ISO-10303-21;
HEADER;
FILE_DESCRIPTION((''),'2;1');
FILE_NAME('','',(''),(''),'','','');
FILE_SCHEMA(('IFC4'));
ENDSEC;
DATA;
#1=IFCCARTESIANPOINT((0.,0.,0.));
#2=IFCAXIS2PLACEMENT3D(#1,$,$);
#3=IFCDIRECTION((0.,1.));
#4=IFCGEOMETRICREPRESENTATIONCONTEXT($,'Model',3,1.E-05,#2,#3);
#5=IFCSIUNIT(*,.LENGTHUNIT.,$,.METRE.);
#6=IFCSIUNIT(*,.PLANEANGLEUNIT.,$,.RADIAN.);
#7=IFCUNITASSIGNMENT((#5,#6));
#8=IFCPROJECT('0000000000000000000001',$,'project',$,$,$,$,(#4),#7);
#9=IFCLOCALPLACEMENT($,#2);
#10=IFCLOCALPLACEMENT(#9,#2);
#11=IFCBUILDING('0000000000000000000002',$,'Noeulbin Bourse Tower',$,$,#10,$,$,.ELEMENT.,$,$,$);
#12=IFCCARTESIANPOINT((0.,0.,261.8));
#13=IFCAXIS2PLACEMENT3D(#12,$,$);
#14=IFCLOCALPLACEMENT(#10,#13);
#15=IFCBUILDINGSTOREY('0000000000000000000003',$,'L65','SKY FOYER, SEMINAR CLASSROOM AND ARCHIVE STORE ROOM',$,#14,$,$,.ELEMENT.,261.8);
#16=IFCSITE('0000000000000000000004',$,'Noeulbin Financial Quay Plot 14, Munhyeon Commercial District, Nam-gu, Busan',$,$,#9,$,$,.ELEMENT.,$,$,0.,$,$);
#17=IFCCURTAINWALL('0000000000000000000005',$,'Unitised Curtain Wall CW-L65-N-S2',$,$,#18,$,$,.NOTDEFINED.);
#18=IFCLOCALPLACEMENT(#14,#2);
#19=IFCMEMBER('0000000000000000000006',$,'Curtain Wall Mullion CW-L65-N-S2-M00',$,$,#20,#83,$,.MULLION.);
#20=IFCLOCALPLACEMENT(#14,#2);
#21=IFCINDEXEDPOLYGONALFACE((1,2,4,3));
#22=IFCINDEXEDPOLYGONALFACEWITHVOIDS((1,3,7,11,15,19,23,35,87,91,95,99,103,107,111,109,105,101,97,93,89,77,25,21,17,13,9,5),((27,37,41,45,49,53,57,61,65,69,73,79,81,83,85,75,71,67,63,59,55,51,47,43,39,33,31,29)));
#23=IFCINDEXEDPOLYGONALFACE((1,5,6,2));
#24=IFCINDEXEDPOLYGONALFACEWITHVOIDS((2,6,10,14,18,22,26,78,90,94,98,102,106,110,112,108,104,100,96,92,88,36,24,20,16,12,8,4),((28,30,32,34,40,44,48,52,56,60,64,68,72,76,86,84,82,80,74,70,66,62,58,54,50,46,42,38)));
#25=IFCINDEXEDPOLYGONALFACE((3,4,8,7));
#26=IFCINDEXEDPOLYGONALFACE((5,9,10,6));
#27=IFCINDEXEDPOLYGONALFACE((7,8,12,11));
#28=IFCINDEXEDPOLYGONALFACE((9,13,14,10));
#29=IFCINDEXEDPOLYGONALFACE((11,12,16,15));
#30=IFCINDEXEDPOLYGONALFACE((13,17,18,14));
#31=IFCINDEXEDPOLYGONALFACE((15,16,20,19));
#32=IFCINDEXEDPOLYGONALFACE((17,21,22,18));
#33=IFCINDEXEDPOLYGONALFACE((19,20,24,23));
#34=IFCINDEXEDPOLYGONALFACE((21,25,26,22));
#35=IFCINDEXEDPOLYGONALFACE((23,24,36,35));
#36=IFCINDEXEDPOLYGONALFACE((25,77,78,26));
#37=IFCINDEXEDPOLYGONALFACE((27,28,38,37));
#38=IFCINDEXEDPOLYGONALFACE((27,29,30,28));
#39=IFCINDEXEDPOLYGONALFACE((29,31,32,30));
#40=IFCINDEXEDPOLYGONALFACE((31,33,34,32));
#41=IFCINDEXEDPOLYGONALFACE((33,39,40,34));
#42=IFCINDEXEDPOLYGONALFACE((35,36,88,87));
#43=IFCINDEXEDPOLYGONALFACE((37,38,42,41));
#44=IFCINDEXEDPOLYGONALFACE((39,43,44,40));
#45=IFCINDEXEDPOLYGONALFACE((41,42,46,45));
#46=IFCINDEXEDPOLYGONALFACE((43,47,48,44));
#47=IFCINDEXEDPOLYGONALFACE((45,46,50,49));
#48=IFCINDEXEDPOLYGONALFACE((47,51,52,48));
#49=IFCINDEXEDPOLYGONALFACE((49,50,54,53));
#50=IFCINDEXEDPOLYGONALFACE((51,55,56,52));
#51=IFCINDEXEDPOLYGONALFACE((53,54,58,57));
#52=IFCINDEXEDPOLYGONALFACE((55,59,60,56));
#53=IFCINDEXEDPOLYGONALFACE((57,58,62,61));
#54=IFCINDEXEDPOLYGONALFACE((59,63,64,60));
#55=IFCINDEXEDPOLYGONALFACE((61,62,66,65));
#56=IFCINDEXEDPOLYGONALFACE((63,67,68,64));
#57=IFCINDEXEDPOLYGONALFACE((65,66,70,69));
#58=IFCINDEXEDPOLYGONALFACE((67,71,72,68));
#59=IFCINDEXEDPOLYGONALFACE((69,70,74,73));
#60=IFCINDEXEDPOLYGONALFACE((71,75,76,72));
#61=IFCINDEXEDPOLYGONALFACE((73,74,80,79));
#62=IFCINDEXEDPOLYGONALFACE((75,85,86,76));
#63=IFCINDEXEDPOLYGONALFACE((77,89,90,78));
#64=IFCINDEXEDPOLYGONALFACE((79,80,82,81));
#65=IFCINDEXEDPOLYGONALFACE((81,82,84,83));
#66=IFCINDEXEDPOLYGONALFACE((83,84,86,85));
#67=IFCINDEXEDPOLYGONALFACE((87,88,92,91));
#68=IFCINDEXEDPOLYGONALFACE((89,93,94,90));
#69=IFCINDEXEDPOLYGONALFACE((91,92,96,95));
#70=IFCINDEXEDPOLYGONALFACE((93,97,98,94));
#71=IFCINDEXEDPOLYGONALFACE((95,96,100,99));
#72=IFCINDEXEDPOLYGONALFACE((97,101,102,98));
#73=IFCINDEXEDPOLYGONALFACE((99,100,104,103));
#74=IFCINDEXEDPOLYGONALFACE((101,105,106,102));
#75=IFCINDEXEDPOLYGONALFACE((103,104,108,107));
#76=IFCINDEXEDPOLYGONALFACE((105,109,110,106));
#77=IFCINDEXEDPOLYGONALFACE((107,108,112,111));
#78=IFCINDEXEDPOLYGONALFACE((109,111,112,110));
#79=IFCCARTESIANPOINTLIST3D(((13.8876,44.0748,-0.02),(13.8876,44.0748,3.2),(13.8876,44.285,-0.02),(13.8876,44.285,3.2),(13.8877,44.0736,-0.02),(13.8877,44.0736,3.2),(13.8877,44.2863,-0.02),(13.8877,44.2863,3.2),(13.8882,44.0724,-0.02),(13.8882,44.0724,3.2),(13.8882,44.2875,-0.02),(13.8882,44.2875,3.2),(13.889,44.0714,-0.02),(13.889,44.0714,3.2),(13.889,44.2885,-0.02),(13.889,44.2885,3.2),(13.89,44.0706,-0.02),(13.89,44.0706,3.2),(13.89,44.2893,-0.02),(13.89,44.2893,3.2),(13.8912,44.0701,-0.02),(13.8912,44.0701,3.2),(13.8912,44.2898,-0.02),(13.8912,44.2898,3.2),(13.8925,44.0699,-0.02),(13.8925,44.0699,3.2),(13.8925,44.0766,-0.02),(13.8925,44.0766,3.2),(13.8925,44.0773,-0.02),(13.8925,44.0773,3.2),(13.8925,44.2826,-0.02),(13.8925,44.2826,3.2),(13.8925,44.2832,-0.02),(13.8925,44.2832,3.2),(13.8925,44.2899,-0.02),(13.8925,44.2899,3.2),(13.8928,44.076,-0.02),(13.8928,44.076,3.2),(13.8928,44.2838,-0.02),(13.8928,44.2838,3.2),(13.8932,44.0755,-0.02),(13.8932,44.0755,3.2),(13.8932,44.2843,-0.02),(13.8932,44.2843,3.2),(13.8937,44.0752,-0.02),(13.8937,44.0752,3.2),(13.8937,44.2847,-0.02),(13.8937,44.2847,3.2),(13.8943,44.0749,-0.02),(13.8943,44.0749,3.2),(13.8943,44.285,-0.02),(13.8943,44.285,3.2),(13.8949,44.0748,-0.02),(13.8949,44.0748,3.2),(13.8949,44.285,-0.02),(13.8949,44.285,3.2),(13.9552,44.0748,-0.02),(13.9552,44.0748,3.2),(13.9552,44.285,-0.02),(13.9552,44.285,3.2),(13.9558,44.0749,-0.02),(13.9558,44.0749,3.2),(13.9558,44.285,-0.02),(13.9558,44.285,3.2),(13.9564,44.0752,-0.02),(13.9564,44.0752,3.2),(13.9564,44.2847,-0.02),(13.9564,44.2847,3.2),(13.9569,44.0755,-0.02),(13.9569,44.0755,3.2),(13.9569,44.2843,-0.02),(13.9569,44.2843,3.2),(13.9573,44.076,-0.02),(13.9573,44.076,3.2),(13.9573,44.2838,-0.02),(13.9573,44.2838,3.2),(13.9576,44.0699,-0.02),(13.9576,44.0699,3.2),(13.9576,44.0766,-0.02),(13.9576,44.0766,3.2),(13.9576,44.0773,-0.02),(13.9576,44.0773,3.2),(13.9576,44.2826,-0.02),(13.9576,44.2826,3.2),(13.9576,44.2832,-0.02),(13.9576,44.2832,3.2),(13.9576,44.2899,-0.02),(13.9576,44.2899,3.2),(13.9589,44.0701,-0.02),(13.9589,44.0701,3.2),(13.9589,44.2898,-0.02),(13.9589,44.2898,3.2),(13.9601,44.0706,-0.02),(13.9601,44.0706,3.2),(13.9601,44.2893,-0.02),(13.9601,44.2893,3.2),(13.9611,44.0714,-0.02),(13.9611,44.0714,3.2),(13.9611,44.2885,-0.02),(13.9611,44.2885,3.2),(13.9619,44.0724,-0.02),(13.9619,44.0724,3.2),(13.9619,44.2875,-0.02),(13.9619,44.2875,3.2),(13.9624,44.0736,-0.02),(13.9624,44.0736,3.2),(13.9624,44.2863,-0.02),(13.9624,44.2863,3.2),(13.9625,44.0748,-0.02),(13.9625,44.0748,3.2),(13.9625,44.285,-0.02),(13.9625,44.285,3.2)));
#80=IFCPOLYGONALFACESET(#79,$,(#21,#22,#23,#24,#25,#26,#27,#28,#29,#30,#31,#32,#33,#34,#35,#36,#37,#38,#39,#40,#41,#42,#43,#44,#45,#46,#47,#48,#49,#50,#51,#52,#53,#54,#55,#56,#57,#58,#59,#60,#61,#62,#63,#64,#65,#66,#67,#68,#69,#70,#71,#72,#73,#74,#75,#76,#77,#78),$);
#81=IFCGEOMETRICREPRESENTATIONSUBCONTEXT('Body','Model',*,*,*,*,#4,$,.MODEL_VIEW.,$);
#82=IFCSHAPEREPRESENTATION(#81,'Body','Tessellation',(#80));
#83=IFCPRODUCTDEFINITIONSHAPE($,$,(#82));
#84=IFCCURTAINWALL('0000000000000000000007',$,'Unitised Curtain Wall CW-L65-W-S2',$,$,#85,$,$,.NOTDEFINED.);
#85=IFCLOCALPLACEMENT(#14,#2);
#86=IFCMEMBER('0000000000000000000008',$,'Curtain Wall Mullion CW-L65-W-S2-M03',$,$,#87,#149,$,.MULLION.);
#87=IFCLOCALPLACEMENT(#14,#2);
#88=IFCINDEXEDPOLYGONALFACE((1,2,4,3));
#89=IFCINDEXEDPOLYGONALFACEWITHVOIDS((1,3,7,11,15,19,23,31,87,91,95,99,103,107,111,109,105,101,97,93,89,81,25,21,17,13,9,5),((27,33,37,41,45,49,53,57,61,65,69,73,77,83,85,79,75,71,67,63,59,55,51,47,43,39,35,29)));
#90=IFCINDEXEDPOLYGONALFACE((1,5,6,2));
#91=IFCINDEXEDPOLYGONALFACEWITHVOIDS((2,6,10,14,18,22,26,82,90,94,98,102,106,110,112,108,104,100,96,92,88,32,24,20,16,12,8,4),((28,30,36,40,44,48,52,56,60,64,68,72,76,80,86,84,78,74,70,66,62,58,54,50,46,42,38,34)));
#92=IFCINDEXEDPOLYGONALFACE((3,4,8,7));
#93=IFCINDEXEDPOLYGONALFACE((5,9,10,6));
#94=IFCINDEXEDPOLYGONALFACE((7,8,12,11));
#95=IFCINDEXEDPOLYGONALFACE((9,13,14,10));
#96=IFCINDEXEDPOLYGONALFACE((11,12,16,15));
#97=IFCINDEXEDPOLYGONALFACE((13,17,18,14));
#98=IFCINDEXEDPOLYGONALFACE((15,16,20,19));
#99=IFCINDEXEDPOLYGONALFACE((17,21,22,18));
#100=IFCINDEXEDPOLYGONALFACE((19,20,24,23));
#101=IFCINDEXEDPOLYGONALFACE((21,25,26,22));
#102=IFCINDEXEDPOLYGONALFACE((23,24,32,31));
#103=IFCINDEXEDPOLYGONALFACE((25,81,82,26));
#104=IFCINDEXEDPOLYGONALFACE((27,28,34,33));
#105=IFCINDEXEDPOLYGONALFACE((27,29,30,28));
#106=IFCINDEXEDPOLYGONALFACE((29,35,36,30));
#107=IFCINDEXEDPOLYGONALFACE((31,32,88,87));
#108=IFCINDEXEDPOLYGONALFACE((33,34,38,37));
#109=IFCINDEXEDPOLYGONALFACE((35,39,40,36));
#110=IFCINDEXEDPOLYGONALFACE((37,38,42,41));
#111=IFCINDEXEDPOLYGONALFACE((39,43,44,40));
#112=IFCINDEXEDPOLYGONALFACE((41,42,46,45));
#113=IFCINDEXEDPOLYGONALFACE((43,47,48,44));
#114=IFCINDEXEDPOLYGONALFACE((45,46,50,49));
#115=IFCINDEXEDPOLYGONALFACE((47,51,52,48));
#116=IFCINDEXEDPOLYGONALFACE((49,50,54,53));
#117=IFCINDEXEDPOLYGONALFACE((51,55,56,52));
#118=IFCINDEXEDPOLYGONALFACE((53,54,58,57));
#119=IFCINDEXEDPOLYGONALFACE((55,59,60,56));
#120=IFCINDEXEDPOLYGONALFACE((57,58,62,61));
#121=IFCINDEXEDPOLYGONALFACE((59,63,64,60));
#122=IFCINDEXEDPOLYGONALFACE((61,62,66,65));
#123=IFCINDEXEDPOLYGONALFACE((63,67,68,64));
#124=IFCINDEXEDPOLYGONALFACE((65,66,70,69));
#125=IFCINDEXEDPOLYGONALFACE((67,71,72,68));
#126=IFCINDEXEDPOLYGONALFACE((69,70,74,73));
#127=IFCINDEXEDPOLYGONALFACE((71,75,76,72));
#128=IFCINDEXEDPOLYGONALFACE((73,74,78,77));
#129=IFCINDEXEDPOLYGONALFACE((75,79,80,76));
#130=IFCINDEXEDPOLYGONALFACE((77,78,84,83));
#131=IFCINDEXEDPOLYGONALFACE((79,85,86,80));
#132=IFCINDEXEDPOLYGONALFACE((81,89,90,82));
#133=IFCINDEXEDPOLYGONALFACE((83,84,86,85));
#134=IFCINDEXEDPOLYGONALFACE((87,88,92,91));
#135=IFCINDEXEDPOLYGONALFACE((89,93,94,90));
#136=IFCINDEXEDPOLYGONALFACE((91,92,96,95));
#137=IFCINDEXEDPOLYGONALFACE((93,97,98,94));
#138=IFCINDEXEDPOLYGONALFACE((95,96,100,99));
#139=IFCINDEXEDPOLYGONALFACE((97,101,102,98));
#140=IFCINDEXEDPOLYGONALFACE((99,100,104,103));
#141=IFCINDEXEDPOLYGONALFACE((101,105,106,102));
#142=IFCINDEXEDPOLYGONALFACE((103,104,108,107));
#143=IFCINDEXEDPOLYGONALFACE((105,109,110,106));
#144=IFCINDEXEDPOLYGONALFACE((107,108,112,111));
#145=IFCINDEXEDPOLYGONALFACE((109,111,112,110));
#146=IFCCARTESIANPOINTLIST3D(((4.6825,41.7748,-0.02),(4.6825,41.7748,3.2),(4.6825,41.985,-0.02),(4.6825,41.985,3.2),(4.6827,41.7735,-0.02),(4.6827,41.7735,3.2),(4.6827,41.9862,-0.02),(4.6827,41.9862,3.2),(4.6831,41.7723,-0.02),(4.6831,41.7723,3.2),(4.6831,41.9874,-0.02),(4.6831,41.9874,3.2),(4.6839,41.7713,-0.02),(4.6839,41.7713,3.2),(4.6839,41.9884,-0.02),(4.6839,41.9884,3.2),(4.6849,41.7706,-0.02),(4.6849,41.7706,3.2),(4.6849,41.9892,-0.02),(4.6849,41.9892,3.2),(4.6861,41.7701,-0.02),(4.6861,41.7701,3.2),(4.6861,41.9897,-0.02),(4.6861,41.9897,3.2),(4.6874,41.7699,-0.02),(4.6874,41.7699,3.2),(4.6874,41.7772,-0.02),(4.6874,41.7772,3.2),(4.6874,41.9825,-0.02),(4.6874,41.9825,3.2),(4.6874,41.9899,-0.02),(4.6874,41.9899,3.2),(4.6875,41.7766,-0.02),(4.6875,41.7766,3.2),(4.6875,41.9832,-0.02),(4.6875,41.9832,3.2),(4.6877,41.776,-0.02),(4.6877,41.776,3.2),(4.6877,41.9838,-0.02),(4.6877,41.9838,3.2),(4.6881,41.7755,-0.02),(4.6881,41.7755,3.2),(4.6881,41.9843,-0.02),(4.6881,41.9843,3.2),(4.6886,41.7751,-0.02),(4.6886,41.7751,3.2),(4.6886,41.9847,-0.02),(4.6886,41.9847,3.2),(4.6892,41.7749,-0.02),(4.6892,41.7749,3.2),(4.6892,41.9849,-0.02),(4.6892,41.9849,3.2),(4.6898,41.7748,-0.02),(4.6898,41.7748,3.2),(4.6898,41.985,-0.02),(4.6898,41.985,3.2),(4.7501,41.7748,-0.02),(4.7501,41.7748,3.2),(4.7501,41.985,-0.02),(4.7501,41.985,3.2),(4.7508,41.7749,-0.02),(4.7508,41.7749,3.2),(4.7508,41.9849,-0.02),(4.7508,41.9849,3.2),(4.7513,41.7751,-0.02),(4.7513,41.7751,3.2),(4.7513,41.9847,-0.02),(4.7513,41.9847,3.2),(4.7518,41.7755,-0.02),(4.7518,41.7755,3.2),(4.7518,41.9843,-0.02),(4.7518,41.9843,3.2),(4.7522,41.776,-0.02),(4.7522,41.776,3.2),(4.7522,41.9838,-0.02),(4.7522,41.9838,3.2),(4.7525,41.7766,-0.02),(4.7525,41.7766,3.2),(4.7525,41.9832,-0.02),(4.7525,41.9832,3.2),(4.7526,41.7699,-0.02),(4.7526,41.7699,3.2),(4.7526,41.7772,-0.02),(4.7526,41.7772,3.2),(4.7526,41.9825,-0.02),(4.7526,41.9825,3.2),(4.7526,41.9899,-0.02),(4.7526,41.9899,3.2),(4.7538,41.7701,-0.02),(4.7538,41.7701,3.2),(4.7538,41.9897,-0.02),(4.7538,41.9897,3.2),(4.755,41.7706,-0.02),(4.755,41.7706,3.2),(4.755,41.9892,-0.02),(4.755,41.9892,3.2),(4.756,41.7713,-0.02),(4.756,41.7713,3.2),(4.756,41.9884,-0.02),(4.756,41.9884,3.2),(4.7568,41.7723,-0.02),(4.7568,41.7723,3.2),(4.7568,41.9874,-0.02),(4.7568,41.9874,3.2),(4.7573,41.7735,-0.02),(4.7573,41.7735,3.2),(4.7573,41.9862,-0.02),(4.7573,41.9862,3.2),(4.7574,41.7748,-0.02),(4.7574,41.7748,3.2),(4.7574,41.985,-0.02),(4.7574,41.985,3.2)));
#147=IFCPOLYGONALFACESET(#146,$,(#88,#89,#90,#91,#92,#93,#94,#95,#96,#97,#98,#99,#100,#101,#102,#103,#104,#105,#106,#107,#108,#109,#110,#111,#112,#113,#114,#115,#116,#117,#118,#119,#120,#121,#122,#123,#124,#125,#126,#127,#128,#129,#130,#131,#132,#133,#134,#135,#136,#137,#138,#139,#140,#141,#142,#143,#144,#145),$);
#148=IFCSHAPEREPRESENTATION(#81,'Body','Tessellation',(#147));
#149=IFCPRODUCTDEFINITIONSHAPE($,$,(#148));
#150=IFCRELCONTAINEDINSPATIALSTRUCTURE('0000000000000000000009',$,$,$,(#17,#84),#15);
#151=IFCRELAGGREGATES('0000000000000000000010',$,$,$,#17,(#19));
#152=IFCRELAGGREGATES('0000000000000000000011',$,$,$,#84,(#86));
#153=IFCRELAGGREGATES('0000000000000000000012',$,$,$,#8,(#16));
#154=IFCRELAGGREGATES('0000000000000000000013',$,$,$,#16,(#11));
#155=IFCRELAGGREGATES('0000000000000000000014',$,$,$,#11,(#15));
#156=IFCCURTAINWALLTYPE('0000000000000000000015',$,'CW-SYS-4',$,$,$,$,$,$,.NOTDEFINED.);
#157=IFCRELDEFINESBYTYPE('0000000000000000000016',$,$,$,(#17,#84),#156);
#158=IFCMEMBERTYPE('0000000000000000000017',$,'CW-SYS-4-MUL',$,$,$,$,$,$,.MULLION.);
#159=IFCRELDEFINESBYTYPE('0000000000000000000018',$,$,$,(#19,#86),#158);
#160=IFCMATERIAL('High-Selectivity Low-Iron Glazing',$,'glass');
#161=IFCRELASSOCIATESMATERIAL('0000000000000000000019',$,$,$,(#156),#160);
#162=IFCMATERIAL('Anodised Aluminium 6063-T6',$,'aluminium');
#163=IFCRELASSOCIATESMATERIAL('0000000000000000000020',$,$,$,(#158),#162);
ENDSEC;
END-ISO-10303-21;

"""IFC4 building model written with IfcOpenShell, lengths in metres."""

from ifc_helpers import new_model, si_unit, direction, frame, origin, origin_2d, place, context, subcontext, project, spatial, hollow_rectangle, extrude, material, material_profile, profile_set, type_object, element, aggregate, save


model = new_model("IFC4")

# Units and contexts
model_context = context("Model", 3, precision=1e-05, world=origin(), true_north=direction((0.0, 1.0)))
body_context = subcontext(model_context, "Body", "Model", "MODEL_VIEW")
ifc_project = project(units=[si_unit("LENGTHUNIT", "METRE"), si_unit("PLANEANGLEUNIT", "RADIAN")], contexts=[model_context])

# Site, building, storey
site_placement = place(None, origin())
site = spatial("IfcSite", under=ifc_project, at=site_placement, Name="Noeulbin Financial Quay Plot 14, Munhyeon Commercial District, Nam-gu, Busan", CompositionType="ELEMENT", RefElevation=0.0)
building_placement = place(site_placement, origin())
building = spatial("IfcBuilding", under=site, at=building_placement, Name="Noeulbin Bourse Tower", CompositionType="ELEMENT")
storey_placement = place(building_placement, frame((0.0, 0.0, 261.8)))
storey = spatial("IfcBuildingStorey", under=building, at=storey_placement, Name="L65", Description="SKY FOYER, SEMINAR CLASSROOM AND ARCHIVE STORE ROOM", CompositionType="ELEMENT", Elevation=261.8)

# Shared definitions
ifc_material_1 = material(Name="High-Selectivity Low-Iron Glazing", Category="glass")
curtain_wall_type = type_object("IfcCurtainWallType", Name="CW-SYS-4", PredefinedType="NOTDEFINED", material=ifc_material_1)
ifc_material_2 = material(Name="Anodised Aluminium 6063-T6", Category="aluminium")
ifc_material_profile_1 = material_profile(ifc_material_2, hollow_rectangle(XDim=0.075, YDim=0.22, WallThickness=0.0049, InnerFilletRadius=0.0024, OuterFilletRadius=0.0049, at=origin_2d()), Name="ALU-MULL-75x220x5", Category="LoadBearing")
ifc_profile_set_1 = profile_set([ifc_material_profile_1], Name="Anodised Aluminium 6063-T6")
member_type_1 = type_object("IfcMemberType", Name="CW-SYS-4-MUL", PredefinedType="MULLION", material=ifc_profile_set_1)

# Curtain walls, members
curtain_wall_1_placement = place(storey_placement, origin())
curtain_wall_1 = element("IfcCurtainWall", 1, at=curtain_wall_1_placement, inside=storey, type_object=curtain_wall_type, Name="Unitised Curtain Wall CW-L65-N-S2", PredefinedType="NOTDEFINED")
member_1_placement = place(storey_placement, frame((13.925, 44.1799, -0.02), z_axis=(0.0, 0.0, 1.0), x_axis=(1.0, 0.0, 0.0)))
member_1 = element("IfcMember", 2, at=member_1_placement, type_object=member_type_1, Name="Curtain Wall Mullion CW-L65-N-S2-M00", PredefinedType="MULLION", context=body_context, shape_type="SweptSolid", body=[
    extrude(hollow_rectangle(XDim=0.075, YDim=0.22, WallThickness=0.0049, InnerFilletRadius=0.0024, OuterFilletRadius=0.0049, at=origin_2d()), origin(), (0.0, 0.0, 1.0), 3.22),
])
curtain_wall_2_placement = place(storey_placement, origin())
curtain_wall_2 = element("IfcCurtainWall", 3, at=curtain_wall_2_placement, inside=storey, type_object=curtain_wall_type, Name="Unitised Curtain Wall CW-L65-W-S2", PredefinedType="NOTDEFINED")
member_2_placement = place(storey_placement, frame((4.72, 41.8799, -0.02), z_axis=(0.0, 0.0, 1.0), x_axis=(1.0, 0.0, 0.0)))
member_2 = element("IfcMember", 4, at=member_2_placement, type_object=member_type_1, Name="Curtain Wall Mullion CW-L65-W-S2-M03", PredefinedType="MULLION", context=body_context, shape_type="SweptSolid", body=[
    extrude(hollow_rectangle(XDim=0.075, YDim=0.22, WallThickness=0.0049, InnerFilletRadius=0.0024, OuterFilletRadius=0.0049, at=origin_2d()), origin(), (0.0, 0.0, 1.0), 3.22),
])

aggregate(curtain_wall_1, [member_1])

aggregate(curtain_wall_2, [member_2])

save(model, "model.ifc")
